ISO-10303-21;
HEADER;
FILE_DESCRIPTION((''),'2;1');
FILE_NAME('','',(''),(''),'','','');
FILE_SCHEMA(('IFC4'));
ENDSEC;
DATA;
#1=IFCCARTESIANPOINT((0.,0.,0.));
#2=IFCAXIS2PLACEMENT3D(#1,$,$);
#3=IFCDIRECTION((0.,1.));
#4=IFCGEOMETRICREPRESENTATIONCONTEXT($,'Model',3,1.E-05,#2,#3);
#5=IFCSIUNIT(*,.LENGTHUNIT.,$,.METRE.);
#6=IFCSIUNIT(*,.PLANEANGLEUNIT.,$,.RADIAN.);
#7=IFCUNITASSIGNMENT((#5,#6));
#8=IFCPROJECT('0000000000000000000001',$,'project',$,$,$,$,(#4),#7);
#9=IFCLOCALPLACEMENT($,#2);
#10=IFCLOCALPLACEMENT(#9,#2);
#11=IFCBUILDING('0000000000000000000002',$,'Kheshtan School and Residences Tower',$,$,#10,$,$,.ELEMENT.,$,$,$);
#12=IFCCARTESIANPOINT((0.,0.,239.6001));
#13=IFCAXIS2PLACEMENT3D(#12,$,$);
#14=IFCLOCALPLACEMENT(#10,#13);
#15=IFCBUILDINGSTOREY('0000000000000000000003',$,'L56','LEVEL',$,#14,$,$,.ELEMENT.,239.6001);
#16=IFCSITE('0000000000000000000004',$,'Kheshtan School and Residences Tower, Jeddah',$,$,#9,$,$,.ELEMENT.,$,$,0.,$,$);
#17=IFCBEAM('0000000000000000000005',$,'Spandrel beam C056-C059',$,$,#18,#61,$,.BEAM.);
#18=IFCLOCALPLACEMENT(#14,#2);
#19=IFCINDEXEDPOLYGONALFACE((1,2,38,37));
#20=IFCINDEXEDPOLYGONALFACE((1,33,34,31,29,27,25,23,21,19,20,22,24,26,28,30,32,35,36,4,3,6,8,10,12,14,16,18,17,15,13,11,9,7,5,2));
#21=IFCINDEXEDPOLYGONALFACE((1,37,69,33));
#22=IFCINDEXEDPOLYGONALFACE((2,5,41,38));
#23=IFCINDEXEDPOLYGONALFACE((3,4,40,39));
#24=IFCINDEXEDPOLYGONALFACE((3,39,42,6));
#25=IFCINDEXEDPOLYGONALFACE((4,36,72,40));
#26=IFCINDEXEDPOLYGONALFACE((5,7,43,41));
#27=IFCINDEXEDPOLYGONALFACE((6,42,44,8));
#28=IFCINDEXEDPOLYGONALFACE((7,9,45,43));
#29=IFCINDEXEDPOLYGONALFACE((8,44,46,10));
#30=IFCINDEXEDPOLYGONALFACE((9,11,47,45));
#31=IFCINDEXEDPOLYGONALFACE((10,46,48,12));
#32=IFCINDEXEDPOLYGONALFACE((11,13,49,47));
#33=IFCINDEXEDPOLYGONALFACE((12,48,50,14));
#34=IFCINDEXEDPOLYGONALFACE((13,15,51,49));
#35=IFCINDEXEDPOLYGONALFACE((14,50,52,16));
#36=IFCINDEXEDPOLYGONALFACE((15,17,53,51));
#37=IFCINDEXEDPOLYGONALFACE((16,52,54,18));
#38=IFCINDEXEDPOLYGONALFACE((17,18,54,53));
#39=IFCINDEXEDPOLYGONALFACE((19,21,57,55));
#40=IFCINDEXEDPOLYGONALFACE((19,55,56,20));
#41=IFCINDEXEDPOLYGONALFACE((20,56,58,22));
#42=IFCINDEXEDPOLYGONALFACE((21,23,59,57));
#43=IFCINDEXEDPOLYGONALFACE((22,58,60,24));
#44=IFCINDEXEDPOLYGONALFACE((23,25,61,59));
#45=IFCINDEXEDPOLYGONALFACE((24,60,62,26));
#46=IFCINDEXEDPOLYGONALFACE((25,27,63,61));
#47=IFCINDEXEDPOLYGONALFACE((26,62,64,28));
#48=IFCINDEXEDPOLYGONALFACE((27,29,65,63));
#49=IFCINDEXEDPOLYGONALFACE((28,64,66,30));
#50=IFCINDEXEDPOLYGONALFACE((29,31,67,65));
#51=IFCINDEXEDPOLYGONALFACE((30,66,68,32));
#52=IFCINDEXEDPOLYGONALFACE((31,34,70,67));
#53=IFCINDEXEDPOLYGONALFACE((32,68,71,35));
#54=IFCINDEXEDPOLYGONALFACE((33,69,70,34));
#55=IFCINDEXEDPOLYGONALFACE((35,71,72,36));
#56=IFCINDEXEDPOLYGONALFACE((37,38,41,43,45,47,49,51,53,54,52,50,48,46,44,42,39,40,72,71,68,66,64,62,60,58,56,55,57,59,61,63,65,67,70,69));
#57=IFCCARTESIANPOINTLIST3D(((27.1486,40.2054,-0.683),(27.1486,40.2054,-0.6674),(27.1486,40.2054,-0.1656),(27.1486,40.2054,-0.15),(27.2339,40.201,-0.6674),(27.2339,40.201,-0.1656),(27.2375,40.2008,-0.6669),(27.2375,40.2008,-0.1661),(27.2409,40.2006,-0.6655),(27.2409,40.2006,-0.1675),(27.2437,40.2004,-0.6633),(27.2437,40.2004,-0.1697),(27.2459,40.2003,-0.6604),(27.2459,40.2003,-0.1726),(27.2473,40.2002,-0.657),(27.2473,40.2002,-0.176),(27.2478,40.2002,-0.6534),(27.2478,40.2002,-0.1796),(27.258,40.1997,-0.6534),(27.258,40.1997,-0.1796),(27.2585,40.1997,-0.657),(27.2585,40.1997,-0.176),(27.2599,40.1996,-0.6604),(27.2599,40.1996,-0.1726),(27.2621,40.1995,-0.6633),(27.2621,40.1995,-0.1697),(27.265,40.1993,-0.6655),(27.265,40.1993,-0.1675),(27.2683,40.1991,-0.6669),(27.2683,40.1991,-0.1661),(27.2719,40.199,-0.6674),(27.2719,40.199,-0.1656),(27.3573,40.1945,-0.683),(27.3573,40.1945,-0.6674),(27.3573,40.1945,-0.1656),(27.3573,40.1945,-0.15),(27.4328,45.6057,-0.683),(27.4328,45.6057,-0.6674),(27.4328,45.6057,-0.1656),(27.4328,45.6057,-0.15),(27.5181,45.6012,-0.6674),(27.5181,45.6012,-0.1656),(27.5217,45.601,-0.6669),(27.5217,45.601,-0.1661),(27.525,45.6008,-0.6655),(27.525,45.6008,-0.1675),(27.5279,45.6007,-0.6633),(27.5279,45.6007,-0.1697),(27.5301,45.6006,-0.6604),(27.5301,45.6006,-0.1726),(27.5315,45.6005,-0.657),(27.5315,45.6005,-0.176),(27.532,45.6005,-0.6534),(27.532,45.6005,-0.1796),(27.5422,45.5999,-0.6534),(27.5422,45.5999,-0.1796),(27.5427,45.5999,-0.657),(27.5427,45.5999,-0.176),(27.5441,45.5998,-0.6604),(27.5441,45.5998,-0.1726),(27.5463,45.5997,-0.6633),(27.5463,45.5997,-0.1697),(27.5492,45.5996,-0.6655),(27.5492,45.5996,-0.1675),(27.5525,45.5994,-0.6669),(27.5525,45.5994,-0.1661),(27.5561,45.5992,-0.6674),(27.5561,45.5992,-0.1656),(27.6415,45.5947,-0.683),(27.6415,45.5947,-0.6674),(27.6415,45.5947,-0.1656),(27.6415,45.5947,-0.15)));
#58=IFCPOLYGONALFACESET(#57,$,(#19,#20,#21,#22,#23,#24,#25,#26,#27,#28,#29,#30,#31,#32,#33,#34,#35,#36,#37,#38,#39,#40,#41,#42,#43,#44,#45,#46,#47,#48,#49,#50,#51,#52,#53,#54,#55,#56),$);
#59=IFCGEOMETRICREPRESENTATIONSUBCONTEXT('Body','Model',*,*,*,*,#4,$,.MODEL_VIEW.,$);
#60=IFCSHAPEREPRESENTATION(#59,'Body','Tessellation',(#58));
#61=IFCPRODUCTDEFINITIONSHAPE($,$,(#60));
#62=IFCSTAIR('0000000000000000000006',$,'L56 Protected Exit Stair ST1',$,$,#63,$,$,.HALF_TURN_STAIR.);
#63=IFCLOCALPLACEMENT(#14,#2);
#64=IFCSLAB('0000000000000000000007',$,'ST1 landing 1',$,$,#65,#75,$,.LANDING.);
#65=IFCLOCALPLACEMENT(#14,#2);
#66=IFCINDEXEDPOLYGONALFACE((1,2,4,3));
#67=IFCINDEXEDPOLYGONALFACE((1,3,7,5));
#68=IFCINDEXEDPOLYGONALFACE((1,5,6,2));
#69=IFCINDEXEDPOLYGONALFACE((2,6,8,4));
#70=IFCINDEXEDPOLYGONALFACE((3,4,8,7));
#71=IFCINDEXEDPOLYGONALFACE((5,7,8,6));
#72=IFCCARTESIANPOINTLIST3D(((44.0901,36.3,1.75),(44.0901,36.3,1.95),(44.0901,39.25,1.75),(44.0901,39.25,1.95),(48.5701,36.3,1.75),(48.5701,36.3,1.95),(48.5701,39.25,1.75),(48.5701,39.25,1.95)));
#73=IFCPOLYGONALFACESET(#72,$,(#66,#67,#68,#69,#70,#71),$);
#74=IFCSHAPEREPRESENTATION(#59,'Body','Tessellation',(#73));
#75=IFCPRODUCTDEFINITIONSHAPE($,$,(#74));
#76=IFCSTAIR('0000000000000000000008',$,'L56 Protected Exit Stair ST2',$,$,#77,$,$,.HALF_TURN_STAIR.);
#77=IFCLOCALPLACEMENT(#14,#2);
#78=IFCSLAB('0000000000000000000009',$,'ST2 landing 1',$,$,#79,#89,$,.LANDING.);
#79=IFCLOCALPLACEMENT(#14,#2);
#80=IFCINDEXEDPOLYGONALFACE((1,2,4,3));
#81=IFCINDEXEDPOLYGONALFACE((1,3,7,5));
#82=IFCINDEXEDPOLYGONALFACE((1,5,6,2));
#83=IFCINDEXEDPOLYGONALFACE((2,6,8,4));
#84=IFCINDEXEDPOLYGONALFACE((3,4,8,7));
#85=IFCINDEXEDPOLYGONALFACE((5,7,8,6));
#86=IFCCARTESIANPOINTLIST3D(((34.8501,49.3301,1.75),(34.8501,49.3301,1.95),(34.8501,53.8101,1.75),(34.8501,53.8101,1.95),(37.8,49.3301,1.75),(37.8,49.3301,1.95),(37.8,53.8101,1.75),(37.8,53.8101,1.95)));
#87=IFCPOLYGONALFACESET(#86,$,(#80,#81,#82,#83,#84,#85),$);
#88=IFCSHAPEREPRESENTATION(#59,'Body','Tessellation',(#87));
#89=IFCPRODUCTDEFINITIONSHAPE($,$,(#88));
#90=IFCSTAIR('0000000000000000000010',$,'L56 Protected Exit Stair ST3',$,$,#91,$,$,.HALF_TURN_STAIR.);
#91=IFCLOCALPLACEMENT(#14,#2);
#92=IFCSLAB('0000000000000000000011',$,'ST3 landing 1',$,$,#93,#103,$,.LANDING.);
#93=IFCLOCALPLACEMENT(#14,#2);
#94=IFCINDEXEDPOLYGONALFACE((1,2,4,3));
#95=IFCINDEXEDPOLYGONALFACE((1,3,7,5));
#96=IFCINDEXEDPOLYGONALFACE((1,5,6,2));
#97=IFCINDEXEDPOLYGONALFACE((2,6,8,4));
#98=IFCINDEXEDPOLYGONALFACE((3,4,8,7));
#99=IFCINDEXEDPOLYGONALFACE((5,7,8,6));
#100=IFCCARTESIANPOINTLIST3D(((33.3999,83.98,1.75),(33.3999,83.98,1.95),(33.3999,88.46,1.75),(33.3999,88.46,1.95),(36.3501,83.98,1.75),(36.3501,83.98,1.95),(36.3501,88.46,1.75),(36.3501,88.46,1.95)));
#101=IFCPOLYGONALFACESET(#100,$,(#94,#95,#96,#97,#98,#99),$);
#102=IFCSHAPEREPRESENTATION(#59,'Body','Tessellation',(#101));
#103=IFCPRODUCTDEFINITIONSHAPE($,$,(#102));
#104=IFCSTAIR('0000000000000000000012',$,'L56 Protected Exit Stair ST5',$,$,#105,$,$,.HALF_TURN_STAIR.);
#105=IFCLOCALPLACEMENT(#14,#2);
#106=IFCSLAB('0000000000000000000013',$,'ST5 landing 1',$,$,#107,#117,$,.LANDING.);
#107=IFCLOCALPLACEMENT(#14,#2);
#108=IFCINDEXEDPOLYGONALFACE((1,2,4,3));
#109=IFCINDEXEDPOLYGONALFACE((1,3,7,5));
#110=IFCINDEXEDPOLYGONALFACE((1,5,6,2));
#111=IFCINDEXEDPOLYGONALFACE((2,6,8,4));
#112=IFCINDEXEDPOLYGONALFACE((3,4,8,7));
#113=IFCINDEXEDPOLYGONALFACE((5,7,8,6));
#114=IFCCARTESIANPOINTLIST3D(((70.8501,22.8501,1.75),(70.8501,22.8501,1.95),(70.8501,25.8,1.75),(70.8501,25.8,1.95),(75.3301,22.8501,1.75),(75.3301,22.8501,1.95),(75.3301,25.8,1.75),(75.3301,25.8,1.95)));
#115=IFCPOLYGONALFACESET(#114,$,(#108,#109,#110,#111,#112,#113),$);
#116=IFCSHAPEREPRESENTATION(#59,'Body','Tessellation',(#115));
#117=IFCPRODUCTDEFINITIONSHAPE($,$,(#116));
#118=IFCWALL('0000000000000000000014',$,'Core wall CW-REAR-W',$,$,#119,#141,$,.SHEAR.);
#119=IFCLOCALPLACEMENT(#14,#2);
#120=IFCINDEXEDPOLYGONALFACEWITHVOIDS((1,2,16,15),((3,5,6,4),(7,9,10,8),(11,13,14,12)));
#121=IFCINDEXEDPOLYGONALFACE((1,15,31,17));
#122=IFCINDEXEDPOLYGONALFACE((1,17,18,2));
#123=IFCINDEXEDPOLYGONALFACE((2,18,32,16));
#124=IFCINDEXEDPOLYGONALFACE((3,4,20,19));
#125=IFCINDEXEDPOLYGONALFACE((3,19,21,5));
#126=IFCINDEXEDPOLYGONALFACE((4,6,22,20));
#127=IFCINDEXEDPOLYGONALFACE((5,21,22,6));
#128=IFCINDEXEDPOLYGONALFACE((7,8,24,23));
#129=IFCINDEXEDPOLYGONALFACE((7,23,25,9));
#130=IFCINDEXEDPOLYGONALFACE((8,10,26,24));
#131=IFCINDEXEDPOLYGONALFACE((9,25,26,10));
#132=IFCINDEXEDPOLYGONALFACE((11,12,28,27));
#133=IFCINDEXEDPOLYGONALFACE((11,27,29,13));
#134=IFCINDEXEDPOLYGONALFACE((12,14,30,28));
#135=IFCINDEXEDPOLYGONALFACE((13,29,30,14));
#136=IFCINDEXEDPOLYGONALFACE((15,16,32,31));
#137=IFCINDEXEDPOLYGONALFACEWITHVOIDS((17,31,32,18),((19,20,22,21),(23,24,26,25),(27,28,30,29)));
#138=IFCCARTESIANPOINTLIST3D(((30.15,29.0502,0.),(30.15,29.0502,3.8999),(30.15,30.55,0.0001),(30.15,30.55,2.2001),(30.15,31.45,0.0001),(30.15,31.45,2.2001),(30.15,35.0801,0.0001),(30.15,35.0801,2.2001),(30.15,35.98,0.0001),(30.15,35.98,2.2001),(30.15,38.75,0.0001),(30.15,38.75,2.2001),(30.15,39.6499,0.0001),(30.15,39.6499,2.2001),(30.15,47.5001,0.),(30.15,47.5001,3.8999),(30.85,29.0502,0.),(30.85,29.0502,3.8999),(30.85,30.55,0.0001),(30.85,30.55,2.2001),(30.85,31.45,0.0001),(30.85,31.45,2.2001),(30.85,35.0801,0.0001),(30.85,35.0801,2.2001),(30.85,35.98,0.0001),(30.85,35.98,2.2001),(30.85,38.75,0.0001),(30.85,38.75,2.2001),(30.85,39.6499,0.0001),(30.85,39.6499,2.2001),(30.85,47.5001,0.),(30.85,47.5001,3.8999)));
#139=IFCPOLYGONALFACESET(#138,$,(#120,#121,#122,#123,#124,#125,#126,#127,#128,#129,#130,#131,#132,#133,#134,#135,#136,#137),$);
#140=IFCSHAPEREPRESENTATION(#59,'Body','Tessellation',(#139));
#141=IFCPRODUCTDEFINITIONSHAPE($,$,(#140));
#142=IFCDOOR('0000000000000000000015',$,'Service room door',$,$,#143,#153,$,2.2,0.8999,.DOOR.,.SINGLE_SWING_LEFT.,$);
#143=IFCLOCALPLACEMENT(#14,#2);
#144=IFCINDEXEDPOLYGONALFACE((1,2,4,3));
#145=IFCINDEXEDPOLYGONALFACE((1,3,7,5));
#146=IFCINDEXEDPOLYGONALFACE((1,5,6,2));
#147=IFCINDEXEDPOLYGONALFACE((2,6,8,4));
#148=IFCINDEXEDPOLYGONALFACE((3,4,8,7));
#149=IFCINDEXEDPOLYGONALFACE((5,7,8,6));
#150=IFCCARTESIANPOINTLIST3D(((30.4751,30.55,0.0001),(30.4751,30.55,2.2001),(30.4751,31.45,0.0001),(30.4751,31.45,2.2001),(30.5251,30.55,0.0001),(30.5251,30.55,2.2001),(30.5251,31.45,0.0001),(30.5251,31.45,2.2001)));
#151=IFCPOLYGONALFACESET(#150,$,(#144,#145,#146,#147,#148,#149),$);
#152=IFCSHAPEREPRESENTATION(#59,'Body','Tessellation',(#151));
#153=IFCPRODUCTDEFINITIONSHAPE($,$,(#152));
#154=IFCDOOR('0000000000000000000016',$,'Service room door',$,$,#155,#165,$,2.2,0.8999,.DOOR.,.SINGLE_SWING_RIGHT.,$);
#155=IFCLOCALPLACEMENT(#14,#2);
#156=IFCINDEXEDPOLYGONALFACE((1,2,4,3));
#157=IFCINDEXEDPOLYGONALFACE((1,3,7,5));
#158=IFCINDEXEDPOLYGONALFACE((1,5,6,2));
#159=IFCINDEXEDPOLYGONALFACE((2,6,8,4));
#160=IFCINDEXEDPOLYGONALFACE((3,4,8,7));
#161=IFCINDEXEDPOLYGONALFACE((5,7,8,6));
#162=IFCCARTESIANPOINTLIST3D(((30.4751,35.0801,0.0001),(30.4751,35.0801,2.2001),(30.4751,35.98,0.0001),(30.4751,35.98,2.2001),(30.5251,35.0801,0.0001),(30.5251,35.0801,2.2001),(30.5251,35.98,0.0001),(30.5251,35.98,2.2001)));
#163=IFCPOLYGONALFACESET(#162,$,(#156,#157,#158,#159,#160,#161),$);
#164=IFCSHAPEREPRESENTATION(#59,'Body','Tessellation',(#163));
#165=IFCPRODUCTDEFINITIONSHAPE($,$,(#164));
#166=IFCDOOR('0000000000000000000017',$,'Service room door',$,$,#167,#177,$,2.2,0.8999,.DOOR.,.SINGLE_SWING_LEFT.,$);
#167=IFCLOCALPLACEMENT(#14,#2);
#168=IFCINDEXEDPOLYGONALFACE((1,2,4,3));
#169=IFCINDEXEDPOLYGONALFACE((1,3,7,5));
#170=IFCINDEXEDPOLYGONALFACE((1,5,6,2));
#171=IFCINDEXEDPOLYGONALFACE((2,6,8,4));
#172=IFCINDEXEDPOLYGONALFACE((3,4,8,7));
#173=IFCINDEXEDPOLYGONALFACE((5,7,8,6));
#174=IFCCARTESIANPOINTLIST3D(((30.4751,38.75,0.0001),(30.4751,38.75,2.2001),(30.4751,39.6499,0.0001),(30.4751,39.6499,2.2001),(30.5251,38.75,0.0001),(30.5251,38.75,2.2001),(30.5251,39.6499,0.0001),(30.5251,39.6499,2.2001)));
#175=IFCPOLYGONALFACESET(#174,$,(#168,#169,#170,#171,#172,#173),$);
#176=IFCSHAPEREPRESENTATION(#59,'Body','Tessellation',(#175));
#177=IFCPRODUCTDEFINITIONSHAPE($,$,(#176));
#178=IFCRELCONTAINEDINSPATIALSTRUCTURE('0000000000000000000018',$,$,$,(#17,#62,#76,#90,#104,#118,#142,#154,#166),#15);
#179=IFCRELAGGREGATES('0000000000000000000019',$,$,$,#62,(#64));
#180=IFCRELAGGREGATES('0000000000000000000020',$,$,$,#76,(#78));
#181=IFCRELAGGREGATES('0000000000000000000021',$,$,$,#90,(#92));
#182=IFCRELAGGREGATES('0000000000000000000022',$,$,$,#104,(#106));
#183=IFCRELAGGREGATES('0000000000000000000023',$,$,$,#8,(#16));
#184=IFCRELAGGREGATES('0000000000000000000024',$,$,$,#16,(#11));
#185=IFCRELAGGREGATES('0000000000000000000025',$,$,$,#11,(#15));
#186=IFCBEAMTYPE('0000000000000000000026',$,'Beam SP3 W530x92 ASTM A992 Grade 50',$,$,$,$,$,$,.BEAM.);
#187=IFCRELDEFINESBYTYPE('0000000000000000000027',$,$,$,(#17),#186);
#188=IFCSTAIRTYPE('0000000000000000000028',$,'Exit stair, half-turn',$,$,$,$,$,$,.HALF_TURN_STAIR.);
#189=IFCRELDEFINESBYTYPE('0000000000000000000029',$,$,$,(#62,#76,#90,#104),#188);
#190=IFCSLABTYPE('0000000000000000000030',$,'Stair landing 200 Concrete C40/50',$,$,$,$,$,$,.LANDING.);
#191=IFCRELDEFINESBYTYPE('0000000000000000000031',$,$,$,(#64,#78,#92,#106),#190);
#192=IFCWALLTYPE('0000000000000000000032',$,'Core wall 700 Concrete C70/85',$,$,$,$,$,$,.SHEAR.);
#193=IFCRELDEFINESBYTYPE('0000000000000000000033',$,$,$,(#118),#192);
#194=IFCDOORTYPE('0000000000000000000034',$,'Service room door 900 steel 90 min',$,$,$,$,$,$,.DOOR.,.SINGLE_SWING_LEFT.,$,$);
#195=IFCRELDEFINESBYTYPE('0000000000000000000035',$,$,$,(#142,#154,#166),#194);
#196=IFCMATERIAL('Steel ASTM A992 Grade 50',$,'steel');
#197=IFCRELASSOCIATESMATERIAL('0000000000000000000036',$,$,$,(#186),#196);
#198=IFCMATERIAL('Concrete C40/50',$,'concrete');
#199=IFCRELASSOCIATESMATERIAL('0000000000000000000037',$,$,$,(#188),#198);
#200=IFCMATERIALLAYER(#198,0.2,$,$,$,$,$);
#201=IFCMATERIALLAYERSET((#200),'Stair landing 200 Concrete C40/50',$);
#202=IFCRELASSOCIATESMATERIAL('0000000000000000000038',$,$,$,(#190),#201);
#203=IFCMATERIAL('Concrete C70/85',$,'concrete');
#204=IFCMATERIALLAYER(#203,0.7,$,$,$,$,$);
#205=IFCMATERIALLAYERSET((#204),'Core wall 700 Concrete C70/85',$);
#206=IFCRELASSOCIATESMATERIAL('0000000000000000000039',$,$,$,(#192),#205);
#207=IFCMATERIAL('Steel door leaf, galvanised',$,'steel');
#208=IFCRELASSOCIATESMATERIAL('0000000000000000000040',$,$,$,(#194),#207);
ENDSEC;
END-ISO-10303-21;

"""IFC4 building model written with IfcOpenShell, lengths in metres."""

from ifc_helpers import new_model, si_unit, direction, frame, frame_2d, origin, origin_2d, place, context, subcontext, project, spatial, polyline, rectangle, i_section, outline, extrude, source, transform, mapped, material, layer, layer_set, material_profile, profile_set, type_object, element, fill, aggregate, save


model = new_model("IFC4")

# Units and contexts
model_context = context("Model", 3, precision=1e-05, world=origin(), true_north=direction((0.0, 1.0)))
body_context = subcontext(model_context, "Body", "Model", "MODEL_VIEW")
ifc_project = project(units=[si_unit("LENGTHUNIT", "METRE"), si_unit("PLANEANGLEUNIT", "RADIAN")], contexts=[model_context])

# Site, building, storey
site_placement = place(None, origin())
site = spatial("IfcSite", under=ifc_project, at=site_placement, Name="Kheshtan School and Residences Tower, Jeddah", CompositionType="ELEMENT", RefElevation=0.0)
building_placement = place(site_placement, origin())
building = spatial("IfcBuilding", under=site, at=building_placement, Name="Kheshtan School and Residences Tower", CompositionType="ELEMENT")
storey_placement = place(building_placement, frame((0.0, 0.0, 239.6001)))
storey = spatial("IfcBuildingStorey", under=building, at=storey_placement, Name="L56", Description="LEVEL", CompositionType="ELEMENT", Elevation=239.6001)

# Shared definitions
ifc_material_1 = material(Name="Steel ASTM A992 Grade 50", Category="steel")

# Beam
ifc_material_profile_1 = material_profile(ifc_material_1, i_section(OverallWidth=0.209, OverallDepth=0.533, WebThickness=0.0103, FlangeThickness=0.0156, FilletRadius=0.0139, at=origin_2d()), Name="W530x92")
ifc_profile_set_1 = profile_set([ifc_material_profile_1], Name="Steel ASTM A992 Grade 50")
beam_type_1 = type_object("IfcBeamType", Name="Beam SP3 W530x92 ASTM A992 Grade 50", PredefinedType="BEAM", material=ifc_profile_set_1)
beam_1_placement = place(storey_placement, frame((27.2529, 40.2, -0.4165), z_axis=(0.052552, 0.998618, 0.0), x_axis=(-0.998618, 0.052552, 0.0)))
element("IfcBeam", 1, at=beam_1_placement, inside=storey, type_object=beam_type_1, Name="Spandrel beam C056-C059", PredefinedType="BEAM", context=body_context, shape_type="SweptSolid", body=[
    extrude(i_section(OverallWidth=0.209, OverallDepth=0.533, WebThickness=0.0103, FlangeThickness=0.0156, FilletRadius=0.0139, at=origin_2d()), origin(), (0.0, 0.0, 1.0), 5.4077),
])

# Shared definitions
ifc_material_2 = material(Name="Concrete C40/50", Category="concrete")

# Stairs, slabs
stair_type = type_object("IfcStairType", Name="Exit stair, half-turn", PredefinedType="HALF_TURN_STAIR", material=ifc_material_2)
stair_1_placement = place(storey_placement, origin())
stair_1 = element("IfcStair", 2, at=stair_1_placement, inside=storey, type_object=stair_type, Name="L56 Protected Exit Stair ST1", PredefinedType="HALF_TURN_STAIR")
ifc_layer_1 = layer(ifc_material_2, 0.2)
ifc_layer_set_1 = layer_set([ifc_layer_1], Name="Stair landing 200 Concrete C40/50")
slab_type_1 = type_object("IfcSlabType", Name="Stair landing 200 Concrete C40/50", PredefinedType="LANDING", material=ifc_layer_set_1)
slab_1_placement = place(storey_placement, frame((0.0, 0.0, 1.75)))
slab_1 = element("IfcSlab", 3, at=slab_1_placement, type_object=slab_type_1, Name="ST1 landing 1", PredefinedType="LANDING", context=body_context, shape_type="SweptSolid", body=[
    extrude(outline(polyline([(48.5701, 39.25), (44.0901, 39.25), (44.0901, 36.3), (48.5701, 36.3), (48.5701, 39.25)])), origin(), (0.0, 0.0, 1.0), 0.2),
])
aggregate(stair_1, [slab_1])
stair_2_placement = place(storey_placement, origin())
stair_2 = element("IfcStair", 4, at=stair_2_placement, inside=storey, type_object=stair_type, Name="L56 Protected Exit Stair ST2", PredefinedType="HALF_TURN_STAIR")
slab_2_placement = place(storey_placement, frame((0.0, 0.0, 1.75)))
slab_2 = element("IfcSlab", 5, at=slab_2_placement, type_object=slab_type_1, Name="ST2 landing 1", PredefinedType="LANDING", context=body_context, shape_type="SweptSolid", body=[
    extrude(outline(polyline([(37.8, 49.3301), (37.8, 53.8101), (34.8501, 53.8101), (34.8501, 49.3301), (37.8, 49.3301)])), origin(), (0.0, 0.0, 1.0), 0.2),
])
aggregate(stair_2, [slab_2])
stair_3_placement = place(storey_placement, origin())
stair_3 = element("IfcStair", 6, at=stair_3_placement, inside=storey, type_object=stair_type, Name="L56 Protected Exit Stair ST3", PredefinedType="HALF_TURN_STAIR")
slab_3_placement = place(storey_placement, frame((0.0, 0.0, 1.75)))
slab_3 = element("IfcSlab", 7, at=slab_3_placement, type_object=slab_type_1, Name="ST3 landing 1", PredefinedType="LANDING", context=body_context, shape_type="SweptSolid", body=[
    extrude(outline(polyline([(36.3501, 83.98), (36.3501, 88.46), (33.3999, 88.46), (33.3999, 83.98), (36.3501, 83.98)])), origin(), (0.0, 0.0, 1.0), 0.2),
])
aggregate(stair_3, [slab_3])
stair_4_placement = place(storey_placement, origin())
stair_4 = element("IfcStair", 8, at=stair_4_placement, inside=storey, type_object=stair_type, Name="L56 Protected Exit Stair ST5", PredefinedType="HALF_TURN_STAIR")
slab_4_placement = place(storey_placement, frame((0.0, 0.0, 1.75)))
slab_4 = element("IfcSlab", 9, at=slab_4_placement, type_object=slab_type_1, Name="ST5 landing 1", PredefinedType="LANDING", context=body_context, shape_type="SweptSolid", body=[
    extrude(outline(polyline([(75.3301, 25.8), (70.8501, 25.8), (70.8501, 22.8501), (75.3301, 22.8501), (75.3301, 25.8)])), origin(), (0.0, 0.0, 1.0), 0.2),
])
aggregate(stair_4, [slab_4])

# Wall, openings, doors
ifc_material_3 = material(Name="Concrete C70/85", Category="concrete")
ifc_layer_2 = layer(ifc_material_3, 0.7)
ifc_layer_set_2 = layer_set([ifc_layer_2], Name="Core wall 700 Concrete C70/85")
wall_type_1 = type_object("IfcWallType", Name="Core wall 700 Concrete C70/85", PredefinedType="SHEAR", material=ifc_layer_set_2)
wall_1_placement = place(storey_placement, frame((30.5, 29.05, 0.0), z_axis=(0.0, 0.0, 1.0), x_axis=(0.0, 1.0, 0.0)))
wall_1 = element("IfcWall", 10, at=wall_1_placement, inside=storey, type_object=wall_type_1, Name="Core wall CW-REAR-W", PredefinedType="SHEAR", context=body_context, shape_type="SweptSolid", body=[
    extrude(rectangle(XDim=18.45, YDim=0.7, at=frame_2d((9.2251, 0.0))), origin(), (0.0, 0.0, 1.0), 3.8999),
])
opening_1_placement = place(wall_1_placement, frame((1.5, 0.0, 0.0)))
opening_1 = element("IfcOpeningElement", 11, at=opening_1_placement, cuts=wall_1, PredefinedType="OPENING", context=body_context, shape_type="SweptSolid", body=[
    extrude(rectangle(XDim=0.8999, YDim=2.2, at=frame_2d((0.45, 1.1001))), frame((0.0, 0.3599, 0.0), z_axis=(0.0, -1.0, 0.0), x_axis=(1.0, 0.0, 0.0)), (0.0, 0.0, 1.0), 0.72),
])
opening_2_placement = place(wall_1_placement, frame((6.03, 0.0, 0.0)))
opening_2 = element("IfcOpeningElement", 12, at=opening_2_placement, cuts=wall_1, PredefinedType="OPENING", context=body_context, shape_type="SweptSolid", body=[
    extrude(rectangle(XDim=0.8999, YDim=2.2, at=frame_2d((0.45, 1.1001))), frame((0.0, 0.3599, 0.0), z_axis=(0.0, -1.0, 0.0), x_axis=(1.0, 0.0, 0.0)), (0.0, 0.0, 1.0), 0.72),
])
opening_3_placement = place(wall_1_placement, frame((9.7, 0.0, 0.0)))
opening_3 = element("IfcOpeningElement", 13, at=opening_3_placement, cuts=wall_1, PredefinedType="OPENING", context=body_context, shape_type="SweptSolid", body=[
    extrude(rectangle(XDim=0.8999, YDim=2.2, at=frame_2d((0.45, 1.1001))), frame((0.0, 0.3599, 0.0), z_axis=(0.0, -1.0, 0.0), x_axis=(1.0, 0.0, 0.0)), (0.0, 0.0, 1.0), 0.72),
])
ifc_material_4 = material(Name="Steel door leaf, galvanised", Category="steel")
door_type = type_object("IfcDoorType", Name="Service room door 900 steel 90 min", OperationType="SINGLE_SWING_LEFT", PredefinedType="DOOR", material=ifc_material_4)
shared_shape = source(origin(), body_context, "Body", "SweptSolid", [
    extrude(rectangle(XDim=0.8999, YDim=2.2, at=frame_2d((0.45, 1.1001))), frame((0.0, 0.0249, 0.0), z_axis=(0.0, -1.0, 0.0), x_axis=(1.0, 0.0, 0.0)), (0.0, 0.0, 1.0), 0.05),
])
door_1_placement = place(opening_1_placement, origin())
door_1 = element("IfcDoor", 14, at=door_1_placement, inside=storey, type_object=door_type, Name="Service room door", OperationType="SINGLE_SWING_LEFT", OverallHeight=2.2, OverallWidth=0.8999, PredefinedType="DOOR", context=body_context, shape_type="MappedRepresentation", body=[
    mapped(shared_shape, transform((0.0, 0.0, 0.0), x_axis=(1.0, 0.0, 0.0), y_axis=(0.0, 1.0, 0.0), z_axis=(0.0, 0.0, 1.0), scale=1.0)),
])
fill(opening_1, door_1)
door_2_placement = place(opening_2_placement, origin())
door_2 = element("IfcDoor", 15, at=door_2_placement, inside=storey, type_object=door_type, Name="Service room door", OperationType="SINGLE_SWING_RIGHT", OverallHeight=2.2, OverallWidth=0.8999, PredefinedType="DOOR", context=body_context, shape_type="MappedRepresentation", body=[
    mapped(shared_shape, transform((0.0, 0.0, 0.0), x_axis=(1.0, 0.0, 0.0), y_axis=(0.0, 1.0, 0.0), z_axis=(0.0, 0.0, 1.0), scale=1.0)),
])
fill(opening_2, door_2)
door_3_placement = place(opening_3_placement, origin())
door_3 = element("IfcDoor", 16, at=door_3_placement, inside=storey, type_object=door_type, Name="Service room door", OperationType="SINGLE_SWING_LEFT", OverallHeight=2.2, OverallWidth=0.8999, PredefinedType="DOOR", context=body_context, shape_type="MappedRepresentation", body=[
    mapped(shared_shape, transform((0.0, 0.0, 0.0), x_axis=(1.0, 0.0, 0.0), y_axis=(0.0, 1.0, 0.0), z_axis=(0.0, 0.0, 1.0), scale=1.0)),
])
fill(opening_3, door_3)

save(model, "model.ifc")
